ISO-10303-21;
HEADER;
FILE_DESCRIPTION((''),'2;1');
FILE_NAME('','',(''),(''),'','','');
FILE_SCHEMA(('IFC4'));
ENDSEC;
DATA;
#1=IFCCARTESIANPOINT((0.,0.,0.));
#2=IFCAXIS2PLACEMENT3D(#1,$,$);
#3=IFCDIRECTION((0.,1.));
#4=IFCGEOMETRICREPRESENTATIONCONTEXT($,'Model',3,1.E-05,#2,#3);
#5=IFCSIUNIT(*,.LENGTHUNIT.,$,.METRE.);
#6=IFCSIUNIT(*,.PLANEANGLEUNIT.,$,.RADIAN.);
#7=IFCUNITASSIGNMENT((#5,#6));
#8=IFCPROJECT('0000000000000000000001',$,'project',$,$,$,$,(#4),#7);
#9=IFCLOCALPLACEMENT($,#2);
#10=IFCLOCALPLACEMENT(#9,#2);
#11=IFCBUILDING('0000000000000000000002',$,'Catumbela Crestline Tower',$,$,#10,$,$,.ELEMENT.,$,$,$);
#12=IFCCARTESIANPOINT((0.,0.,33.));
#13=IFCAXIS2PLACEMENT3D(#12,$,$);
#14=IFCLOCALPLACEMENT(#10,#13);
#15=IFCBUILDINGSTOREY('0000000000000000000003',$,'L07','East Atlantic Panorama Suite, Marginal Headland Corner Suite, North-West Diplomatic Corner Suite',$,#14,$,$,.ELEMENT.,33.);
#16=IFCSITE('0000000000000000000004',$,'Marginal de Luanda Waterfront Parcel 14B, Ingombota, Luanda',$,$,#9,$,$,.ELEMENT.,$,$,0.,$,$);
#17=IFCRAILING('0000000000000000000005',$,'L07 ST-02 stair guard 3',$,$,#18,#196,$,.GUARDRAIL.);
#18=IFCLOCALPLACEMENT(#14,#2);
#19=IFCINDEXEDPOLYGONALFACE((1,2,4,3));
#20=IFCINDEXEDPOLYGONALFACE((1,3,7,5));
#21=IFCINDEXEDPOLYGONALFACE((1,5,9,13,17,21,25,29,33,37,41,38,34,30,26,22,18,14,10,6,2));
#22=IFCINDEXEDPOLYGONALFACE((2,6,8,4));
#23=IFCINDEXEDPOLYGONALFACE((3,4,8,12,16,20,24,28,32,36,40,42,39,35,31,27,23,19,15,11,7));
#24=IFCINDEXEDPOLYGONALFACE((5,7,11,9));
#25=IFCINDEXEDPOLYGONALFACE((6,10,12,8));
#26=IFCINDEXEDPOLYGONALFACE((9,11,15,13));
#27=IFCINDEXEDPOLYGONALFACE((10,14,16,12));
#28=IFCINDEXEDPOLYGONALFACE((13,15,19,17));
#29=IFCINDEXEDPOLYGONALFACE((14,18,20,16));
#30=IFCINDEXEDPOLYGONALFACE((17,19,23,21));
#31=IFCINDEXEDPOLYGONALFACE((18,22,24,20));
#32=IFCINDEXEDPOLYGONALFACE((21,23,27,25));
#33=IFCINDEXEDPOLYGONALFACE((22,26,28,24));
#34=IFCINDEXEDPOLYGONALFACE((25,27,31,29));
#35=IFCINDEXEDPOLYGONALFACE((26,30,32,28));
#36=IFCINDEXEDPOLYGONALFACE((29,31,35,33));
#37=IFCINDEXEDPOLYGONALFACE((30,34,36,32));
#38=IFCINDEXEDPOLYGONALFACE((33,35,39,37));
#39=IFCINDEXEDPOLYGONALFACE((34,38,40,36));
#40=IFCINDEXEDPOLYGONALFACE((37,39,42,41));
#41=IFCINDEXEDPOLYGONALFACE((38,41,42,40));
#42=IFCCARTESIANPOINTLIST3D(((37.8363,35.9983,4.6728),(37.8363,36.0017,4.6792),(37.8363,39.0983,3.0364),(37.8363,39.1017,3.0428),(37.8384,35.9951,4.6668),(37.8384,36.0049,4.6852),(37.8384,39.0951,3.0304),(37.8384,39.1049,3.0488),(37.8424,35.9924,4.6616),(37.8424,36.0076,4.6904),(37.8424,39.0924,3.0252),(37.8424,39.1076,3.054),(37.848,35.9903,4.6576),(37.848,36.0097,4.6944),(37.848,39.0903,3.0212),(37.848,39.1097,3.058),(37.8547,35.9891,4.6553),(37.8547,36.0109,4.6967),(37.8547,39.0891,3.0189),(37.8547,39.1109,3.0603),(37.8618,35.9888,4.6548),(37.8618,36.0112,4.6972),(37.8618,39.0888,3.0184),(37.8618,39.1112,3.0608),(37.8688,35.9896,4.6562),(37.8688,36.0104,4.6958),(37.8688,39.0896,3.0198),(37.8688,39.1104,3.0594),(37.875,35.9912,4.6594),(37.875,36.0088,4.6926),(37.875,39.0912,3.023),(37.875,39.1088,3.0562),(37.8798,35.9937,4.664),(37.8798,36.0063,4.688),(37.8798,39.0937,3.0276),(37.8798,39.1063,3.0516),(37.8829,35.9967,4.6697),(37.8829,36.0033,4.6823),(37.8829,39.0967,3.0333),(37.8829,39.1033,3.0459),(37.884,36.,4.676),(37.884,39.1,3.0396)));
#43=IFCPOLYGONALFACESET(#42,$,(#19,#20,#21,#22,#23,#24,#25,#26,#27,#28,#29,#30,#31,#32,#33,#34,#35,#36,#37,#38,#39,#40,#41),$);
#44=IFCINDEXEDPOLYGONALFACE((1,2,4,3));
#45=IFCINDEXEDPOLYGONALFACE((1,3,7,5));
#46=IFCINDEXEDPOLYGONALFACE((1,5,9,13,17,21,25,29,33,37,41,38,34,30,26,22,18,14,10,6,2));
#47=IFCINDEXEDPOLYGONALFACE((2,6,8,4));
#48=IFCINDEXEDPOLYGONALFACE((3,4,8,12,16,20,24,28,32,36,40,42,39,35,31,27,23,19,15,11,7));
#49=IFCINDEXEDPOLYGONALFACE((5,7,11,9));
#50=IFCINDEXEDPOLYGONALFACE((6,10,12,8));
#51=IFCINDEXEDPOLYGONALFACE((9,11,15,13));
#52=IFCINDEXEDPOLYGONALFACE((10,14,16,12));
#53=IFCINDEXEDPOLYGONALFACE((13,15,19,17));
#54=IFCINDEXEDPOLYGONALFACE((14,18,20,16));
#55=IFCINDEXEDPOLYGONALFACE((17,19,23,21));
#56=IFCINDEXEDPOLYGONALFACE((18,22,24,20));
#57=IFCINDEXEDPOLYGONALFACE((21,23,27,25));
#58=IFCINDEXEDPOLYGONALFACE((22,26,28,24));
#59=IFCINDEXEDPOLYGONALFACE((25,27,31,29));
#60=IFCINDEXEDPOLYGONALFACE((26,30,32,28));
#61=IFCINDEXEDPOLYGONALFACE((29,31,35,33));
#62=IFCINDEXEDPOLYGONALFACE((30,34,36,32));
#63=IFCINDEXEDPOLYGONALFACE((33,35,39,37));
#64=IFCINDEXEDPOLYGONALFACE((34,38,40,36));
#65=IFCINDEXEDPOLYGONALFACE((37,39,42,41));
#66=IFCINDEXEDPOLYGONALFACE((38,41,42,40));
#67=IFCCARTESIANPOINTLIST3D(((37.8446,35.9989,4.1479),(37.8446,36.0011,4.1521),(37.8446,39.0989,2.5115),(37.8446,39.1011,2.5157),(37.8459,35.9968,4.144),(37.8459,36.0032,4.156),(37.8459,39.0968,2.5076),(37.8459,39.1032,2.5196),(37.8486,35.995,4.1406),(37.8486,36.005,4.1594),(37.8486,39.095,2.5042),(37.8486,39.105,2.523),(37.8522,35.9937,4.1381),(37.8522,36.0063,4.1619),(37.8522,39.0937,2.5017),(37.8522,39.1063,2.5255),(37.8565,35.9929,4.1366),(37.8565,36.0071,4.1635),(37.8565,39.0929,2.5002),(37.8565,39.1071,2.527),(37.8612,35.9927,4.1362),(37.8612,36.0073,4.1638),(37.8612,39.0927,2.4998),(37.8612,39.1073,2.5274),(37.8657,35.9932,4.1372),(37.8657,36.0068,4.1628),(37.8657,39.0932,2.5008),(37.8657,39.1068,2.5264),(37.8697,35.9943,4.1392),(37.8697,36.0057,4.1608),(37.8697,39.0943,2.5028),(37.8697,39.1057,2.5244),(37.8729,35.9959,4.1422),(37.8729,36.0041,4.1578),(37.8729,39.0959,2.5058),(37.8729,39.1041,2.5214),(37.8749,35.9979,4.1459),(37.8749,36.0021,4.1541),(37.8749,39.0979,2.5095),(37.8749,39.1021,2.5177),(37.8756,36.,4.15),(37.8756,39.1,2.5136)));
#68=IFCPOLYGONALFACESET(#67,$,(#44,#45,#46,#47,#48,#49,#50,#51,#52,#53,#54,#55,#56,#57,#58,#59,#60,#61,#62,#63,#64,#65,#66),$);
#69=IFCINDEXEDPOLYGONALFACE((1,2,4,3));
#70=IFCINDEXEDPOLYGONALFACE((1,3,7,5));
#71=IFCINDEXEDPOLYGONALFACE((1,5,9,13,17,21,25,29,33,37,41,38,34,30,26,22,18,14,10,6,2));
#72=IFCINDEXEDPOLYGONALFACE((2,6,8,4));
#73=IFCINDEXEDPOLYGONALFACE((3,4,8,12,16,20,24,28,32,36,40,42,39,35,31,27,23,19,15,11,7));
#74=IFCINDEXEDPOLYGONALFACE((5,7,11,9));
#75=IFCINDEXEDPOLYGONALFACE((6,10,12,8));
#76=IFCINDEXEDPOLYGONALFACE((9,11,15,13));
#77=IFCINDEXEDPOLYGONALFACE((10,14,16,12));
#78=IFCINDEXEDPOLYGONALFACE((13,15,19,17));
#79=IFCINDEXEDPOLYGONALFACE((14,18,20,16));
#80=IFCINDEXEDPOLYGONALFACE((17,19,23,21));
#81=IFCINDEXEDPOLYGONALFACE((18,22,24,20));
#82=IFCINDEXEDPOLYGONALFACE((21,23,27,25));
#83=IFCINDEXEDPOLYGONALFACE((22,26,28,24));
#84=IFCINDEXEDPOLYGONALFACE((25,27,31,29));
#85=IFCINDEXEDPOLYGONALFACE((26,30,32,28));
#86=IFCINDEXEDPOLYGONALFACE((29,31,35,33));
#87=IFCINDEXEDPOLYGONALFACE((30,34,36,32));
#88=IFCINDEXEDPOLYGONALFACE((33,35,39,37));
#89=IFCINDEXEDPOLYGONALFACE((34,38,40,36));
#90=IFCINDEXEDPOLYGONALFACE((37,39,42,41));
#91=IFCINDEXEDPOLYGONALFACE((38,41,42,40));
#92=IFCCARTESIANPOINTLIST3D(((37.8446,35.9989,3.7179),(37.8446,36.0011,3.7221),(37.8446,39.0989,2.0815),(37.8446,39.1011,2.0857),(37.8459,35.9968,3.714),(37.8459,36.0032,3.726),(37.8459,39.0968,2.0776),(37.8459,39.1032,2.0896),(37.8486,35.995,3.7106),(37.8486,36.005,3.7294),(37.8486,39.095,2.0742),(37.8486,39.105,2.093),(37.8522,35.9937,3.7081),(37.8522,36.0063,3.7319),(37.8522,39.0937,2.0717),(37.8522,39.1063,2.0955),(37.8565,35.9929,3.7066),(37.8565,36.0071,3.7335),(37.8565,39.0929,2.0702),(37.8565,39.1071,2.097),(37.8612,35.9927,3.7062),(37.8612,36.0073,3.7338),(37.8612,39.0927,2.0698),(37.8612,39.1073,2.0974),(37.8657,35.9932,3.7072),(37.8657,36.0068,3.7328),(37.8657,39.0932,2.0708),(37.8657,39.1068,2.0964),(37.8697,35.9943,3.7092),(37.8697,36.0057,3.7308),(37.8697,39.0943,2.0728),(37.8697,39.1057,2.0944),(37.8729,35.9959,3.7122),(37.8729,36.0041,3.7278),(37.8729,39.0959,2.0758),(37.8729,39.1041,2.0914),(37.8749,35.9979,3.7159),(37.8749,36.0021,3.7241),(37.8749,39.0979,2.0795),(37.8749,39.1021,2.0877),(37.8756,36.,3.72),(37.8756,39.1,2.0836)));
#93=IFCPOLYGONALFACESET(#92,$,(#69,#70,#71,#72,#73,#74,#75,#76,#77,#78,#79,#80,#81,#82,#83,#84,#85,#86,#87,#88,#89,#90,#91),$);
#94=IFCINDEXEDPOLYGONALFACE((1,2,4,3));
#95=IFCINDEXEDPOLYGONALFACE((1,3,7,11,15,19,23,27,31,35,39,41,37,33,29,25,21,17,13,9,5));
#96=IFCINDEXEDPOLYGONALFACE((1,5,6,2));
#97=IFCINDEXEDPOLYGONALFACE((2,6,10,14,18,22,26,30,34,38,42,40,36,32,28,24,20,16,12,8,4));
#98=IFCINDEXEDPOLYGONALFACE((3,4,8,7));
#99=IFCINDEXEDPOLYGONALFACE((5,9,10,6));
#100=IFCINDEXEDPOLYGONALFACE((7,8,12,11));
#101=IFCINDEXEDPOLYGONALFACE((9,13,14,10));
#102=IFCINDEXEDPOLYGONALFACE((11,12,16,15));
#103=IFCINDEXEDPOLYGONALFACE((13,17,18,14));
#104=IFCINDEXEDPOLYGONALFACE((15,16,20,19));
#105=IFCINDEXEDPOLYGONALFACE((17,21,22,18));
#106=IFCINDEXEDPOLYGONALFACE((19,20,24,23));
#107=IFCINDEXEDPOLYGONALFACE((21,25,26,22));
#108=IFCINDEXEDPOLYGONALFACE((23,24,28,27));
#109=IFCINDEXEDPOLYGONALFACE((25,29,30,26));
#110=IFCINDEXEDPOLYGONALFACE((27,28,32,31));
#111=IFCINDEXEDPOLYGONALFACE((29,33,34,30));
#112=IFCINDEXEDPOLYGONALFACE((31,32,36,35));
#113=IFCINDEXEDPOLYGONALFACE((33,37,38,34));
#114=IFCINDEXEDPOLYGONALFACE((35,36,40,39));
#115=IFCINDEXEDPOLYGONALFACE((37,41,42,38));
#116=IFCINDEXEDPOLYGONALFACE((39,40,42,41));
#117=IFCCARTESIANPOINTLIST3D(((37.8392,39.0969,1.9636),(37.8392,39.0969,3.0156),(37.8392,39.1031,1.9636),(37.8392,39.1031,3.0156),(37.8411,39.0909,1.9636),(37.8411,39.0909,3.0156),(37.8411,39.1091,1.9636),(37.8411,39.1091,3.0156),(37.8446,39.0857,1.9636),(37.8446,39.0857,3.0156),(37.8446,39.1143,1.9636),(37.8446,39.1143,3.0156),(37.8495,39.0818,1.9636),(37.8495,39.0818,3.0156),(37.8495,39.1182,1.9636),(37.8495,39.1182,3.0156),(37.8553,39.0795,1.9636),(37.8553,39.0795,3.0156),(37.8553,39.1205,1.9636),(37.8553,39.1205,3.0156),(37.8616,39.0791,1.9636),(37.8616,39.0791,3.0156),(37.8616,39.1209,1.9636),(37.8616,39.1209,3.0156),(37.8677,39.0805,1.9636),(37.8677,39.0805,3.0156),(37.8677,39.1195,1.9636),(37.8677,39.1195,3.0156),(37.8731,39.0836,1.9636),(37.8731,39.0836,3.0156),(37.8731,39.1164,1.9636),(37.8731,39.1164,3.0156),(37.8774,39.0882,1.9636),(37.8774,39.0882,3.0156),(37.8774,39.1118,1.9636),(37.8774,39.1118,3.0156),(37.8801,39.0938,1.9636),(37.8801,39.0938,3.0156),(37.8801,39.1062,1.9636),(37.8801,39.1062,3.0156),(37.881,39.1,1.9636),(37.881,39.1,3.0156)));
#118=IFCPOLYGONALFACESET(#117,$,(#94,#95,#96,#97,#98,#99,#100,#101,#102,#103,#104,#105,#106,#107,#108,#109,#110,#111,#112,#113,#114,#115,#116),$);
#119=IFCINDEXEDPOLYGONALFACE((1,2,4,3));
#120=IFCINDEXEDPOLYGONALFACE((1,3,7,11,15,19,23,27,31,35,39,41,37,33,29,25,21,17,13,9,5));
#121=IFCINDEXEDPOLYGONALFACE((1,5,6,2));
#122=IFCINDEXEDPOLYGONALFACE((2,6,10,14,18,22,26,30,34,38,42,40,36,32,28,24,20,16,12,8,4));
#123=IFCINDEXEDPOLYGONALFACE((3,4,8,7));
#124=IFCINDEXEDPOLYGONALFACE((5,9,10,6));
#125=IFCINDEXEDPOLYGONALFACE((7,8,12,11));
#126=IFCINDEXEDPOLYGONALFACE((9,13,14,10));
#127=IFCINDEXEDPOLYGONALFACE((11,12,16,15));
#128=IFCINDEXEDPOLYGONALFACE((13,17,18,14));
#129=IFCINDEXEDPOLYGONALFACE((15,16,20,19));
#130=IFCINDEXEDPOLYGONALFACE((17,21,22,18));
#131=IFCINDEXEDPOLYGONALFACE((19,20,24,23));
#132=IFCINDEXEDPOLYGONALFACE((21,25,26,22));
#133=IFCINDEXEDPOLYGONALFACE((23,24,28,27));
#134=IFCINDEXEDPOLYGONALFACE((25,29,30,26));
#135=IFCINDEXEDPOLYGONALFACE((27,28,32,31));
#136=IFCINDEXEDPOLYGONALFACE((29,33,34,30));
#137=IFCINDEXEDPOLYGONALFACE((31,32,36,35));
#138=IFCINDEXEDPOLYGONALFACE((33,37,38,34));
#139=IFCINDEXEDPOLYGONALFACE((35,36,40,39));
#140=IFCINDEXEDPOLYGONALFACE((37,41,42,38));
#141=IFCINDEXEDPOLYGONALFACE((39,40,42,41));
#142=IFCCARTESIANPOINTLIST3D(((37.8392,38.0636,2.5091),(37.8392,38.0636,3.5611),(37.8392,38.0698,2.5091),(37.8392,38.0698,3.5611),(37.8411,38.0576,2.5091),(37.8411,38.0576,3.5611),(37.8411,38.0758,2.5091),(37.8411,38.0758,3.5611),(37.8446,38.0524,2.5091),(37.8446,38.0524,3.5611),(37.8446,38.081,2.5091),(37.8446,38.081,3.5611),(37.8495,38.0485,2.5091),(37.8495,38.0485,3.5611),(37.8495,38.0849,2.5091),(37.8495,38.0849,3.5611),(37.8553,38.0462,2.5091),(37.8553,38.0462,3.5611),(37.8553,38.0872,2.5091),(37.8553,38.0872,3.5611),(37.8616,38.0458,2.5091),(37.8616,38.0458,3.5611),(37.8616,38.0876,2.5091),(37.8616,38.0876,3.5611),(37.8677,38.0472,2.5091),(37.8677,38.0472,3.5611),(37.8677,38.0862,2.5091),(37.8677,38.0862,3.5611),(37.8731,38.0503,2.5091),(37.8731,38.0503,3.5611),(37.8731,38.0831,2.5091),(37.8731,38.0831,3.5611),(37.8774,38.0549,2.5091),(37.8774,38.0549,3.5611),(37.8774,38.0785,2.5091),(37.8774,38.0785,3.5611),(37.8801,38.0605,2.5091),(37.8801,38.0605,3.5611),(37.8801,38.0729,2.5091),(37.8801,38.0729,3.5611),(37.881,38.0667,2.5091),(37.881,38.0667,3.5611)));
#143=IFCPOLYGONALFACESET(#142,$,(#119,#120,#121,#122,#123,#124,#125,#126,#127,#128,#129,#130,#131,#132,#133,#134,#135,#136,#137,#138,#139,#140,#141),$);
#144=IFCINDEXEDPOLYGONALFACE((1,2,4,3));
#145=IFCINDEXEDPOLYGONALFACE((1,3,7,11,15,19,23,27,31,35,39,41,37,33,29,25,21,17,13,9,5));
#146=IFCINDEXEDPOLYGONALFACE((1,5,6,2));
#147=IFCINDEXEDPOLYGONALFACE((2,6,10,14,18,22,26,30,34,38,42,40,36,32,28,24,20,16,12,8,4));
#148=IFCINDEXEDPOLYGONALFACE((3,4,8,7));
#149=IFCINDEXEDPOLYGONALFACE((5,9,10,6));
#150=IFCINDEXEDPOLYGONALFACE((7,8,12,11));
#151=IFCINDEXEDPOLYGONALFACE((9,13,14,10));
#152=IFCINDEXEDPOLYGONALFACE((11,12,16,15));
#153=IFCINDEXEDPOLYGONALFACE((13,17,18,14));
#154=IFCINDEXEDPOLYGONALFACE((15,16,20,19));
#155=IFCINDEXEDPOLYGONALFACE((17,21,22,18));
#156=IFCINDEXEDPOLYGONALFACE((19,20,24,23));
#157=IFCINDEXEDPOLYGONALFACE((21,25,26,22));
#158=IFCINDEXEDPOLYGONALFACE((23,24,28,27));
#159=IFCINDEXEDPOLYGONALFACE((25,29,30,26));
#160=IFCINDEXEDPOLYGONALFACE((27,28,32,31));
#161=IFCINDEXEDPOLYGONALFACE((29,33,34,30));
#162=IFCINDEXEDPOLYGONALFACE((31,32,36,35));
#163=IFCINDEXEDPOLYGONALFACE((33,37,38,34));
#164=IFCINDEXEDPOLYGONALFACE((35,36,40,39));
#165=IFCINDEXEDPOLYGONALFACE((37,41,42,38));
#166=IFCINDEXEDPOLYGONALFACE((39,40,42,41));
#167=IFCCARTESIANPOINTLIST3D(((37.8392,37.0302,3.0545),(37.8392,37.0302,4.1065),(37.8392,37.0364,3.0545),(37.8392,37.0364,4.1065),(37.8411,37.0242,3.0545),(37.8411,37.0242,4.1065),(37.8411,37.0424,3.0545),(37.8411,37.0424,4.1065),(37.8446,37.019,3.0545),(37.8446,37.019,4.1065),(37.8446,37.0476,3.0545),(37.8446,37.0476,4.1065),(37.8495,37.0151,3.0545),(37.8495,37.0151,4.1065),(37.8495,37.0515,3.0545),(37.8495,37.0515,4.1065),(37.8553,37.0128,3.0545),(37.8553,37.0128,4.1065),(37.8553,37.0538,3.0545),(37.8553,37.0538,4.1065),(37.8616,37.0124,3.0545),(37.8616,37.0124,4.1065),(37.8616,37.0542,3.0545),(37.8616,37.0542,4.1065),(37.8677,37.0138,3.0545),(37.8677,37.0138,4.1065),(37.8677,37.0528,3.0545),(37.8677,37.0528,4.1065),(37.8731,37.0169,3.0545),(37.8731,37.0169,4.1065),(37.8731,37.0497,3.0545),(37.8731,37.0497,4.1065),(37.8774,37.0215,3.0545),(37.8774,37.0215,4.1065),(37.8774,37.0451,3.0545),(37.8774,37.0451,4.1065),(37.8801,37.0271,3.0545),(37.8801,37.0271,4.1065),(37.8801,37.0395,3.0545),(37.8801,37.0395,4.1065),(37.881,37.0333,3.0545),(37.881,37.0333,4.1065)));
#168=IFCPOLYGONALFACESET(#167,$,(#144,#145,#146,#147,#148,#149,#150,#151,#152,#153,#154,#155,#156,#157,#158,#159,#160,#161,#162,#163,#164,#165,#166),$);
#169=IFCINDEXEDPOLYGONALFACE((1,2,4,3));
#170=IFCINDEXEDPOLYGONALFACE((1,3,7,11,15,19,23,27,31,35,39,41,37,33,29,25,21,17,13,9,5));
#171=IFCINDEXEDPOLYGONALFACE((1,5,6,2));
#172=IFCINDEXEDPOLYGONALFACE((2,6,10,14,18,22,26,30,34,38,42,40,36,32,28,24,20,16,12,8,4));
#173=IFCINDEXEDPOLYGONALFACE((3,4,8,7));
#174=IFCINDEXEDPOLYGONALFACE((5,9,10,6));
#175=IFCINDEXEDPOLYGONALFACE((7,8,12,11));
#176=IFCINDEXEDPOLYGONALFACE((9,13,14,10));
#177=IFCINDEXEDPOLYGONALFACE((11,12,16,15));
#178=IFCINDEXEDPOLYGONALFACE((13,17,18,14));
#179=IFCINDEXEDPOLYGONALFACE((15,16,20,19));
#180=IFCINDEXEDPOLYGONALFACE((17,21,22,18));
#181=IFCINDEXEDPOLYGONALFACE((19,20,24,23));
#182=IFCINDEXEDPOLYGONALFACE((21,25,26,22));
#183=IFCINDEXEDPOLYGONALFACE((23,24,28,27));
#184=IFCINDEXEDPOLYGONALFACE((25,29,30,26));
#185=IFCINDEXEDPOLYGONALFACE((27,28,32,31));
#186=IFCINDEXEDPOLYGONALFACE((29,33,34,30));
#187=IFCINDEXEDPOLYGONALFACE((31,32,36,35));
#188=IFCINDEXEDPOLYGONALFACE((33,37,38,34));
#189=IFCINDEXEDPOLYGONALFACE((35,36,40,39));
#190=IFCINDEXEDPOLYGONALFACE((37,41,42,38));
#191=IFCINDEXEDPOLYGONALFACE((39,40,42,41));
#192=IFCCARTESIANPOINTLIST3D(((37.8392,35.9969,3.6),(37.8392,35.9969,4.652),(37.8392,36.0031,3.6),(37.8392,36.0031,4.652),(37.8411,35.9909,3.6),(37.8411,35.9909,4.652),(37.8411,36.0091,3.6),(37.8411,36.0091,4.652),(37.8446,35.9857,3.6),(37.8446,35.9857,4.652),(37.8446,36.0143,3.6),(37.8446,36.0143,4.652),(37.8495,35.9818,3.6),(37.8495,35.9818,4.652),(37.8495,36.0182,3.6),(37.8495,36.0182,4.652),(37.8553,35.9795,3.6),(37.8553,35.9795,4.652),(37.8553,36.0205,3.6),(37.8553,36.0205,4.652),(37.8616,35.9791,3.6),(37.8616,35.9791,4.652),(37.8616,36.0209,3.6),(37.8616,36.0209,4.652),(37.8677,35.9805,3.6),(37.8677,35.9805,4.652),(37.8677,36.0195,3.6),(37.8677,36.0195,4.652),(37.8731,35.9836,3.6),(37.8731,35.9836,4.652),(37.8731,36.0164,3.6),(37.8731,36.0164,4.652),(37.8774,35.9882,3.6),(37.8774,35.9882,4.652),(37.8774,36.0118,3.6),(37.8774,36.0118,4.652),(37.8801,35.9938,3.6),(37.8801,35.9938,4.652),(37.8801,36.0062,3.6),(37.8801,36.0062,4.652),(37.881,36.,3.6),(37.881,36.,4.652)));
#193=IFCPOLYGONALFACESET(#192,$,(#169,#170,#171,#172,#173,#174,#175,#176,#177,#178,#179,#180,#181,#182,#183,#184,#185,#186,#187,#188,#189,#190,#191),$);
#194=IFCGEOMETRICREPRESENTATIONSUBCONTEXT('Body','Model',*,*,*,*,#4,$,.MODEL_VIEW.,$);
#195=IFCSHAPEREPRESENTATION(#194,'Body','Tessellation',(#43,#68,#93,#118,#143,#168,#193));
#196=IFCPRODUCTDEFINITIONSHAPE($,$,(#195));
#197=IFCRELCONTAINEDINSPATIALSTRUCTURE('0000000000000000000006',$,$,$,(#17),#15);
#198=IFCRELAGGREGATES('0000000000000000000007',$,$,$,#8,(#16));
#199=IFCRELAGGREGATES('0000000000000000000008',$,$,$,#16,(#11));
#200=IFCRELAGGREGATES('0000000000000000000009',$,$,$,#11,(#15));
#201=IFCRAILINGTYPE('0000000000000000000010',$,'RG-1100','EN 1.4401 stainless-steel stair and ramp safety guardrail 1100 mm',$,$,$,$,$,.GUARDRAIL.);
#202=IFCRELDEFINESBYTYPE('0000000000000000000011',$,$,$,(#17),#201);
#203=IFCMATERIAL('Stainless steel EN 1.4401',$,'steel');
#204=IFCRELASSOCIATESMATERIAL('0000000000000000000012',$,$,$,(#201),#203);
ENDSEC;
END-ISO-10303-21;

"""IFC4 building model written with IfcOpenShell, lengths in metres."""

from ifc_helpers import new_model, si_unit, direction, frame, origin, origin_2d, place, context, subcontext, project, spatial, circle, extrude, material, type_object, element, save


model = new_model("IFC4")

# Units and contexts
model_context = context("Model", 3, precision=1e-05, world=origin(), true_north=direction((0.0, 1.0)))
body_context = subcontext(model_context, "Body", "Model", "MODEL_VIEW")
ifc_project = project(units=[si_unit("LENGTHUNIT", "METRE"), si_unit("PLANEANGLEUNIT", "RADIAN")], contexts=[model_context])

# Site, building, storey
site_placement = place(None, origin())
site = spatial("IfcSite", under=ifc_project, at=site_placement, Name="Marginal de Luanda Waterfront Parcel 14B, Ingombota, Luanda", CompositionType="ELEMENT", RefElevation=0.0)
building_placement = place(site_placement, origin())
building = spatial("IfcBuilding", under=site, at=building_placement, Name="Catumbela Crestline Tower", CompositionType="ELEMENT")
storey_placement = place(building_placement, frame((0.0, 0.0, 33.0)))
storey = spatial("IfcBuildingStorey", under=building, at=storey_placement, Name="L07", Description="East Atlantic Panorama Suite, Marginal Headland Corner Suite, North-West Diplomatic Corner Suite", CompositionType="ELEMENT", Elevation=33.0)

# Shared definitions
ifc_material_1 = material(Name="Stainless steel EN 1.4401", Category="steel")

# Railing
railing_type_1 = type_object("IfcRailingType", Name="RG-1100", Description="EN 1.4401 stainless-steel stair and ramp safety guardrail 1100 mm", PredefinedType="GUARDRAIL", material=ifc_material_1)
railing_1_placement = place(storey_placement, frame((37.86, 39.1, 1.9636)))
element("IfcRailing", 1, at=railing_1_placement, inside=storey, type_object=railing_type_1, Name="L07 ST-02 stair guard 3", PredefinedType="GUARDRAIL", context=body_context, shape_type="SweptSolid", body=[
    extrude(circle(Radius=0.024, at=origin_2d()), frame((0.0, 0.0, 1.076), z_axis=(0.0, -0.884351, 0.466823), x_axis=(1.0, 0.0, 0.0)), (0.0, 0.0, 1.0), 3.5054),
    extrude(circle(Radius=0.0156, at=origin_2d()), frame((0.0, 0.0, 0.55), z_axis=(0.0, -0.884351, 0.466823), x_axis=(1.0, 0.0, 0.0)), (0.0, 0.0, 1.0), 3.5054),
    extrude(circle(Radius=0.0156, at=origin_2d()), frame((0.0, 0.0, 0.12), z_axis=(0.0, -0.884351, 0.466823), x_axis=(1.0, 0.0, 0.0)), (0.0, 0.0, 1.0), 3.5054),
    extrude(circle(Radius=0.021, at=origin_2d()), origin(), (0.0, 0.0, 1.0), 1.052),
    extrude(circle(Radius=0.021, at=origin_2d()), frame((0.0, -1.0333, 0.5455)), (0.0, 0.0, 1.0), 1.052),
    extrude(circle(Radius=0.021, at=origin_2d()), frame((0.0, -2.0667, 1.0909)), (0.0, 0.0, 1.0), 1.052),
    extrude(circle(Radius=0.021, at=origin_2d()), frame((0.0, -3.1, 1.6364)), (0.0, 0.0, 1.0), 1.052),
])

save(model, "model.ifc")
